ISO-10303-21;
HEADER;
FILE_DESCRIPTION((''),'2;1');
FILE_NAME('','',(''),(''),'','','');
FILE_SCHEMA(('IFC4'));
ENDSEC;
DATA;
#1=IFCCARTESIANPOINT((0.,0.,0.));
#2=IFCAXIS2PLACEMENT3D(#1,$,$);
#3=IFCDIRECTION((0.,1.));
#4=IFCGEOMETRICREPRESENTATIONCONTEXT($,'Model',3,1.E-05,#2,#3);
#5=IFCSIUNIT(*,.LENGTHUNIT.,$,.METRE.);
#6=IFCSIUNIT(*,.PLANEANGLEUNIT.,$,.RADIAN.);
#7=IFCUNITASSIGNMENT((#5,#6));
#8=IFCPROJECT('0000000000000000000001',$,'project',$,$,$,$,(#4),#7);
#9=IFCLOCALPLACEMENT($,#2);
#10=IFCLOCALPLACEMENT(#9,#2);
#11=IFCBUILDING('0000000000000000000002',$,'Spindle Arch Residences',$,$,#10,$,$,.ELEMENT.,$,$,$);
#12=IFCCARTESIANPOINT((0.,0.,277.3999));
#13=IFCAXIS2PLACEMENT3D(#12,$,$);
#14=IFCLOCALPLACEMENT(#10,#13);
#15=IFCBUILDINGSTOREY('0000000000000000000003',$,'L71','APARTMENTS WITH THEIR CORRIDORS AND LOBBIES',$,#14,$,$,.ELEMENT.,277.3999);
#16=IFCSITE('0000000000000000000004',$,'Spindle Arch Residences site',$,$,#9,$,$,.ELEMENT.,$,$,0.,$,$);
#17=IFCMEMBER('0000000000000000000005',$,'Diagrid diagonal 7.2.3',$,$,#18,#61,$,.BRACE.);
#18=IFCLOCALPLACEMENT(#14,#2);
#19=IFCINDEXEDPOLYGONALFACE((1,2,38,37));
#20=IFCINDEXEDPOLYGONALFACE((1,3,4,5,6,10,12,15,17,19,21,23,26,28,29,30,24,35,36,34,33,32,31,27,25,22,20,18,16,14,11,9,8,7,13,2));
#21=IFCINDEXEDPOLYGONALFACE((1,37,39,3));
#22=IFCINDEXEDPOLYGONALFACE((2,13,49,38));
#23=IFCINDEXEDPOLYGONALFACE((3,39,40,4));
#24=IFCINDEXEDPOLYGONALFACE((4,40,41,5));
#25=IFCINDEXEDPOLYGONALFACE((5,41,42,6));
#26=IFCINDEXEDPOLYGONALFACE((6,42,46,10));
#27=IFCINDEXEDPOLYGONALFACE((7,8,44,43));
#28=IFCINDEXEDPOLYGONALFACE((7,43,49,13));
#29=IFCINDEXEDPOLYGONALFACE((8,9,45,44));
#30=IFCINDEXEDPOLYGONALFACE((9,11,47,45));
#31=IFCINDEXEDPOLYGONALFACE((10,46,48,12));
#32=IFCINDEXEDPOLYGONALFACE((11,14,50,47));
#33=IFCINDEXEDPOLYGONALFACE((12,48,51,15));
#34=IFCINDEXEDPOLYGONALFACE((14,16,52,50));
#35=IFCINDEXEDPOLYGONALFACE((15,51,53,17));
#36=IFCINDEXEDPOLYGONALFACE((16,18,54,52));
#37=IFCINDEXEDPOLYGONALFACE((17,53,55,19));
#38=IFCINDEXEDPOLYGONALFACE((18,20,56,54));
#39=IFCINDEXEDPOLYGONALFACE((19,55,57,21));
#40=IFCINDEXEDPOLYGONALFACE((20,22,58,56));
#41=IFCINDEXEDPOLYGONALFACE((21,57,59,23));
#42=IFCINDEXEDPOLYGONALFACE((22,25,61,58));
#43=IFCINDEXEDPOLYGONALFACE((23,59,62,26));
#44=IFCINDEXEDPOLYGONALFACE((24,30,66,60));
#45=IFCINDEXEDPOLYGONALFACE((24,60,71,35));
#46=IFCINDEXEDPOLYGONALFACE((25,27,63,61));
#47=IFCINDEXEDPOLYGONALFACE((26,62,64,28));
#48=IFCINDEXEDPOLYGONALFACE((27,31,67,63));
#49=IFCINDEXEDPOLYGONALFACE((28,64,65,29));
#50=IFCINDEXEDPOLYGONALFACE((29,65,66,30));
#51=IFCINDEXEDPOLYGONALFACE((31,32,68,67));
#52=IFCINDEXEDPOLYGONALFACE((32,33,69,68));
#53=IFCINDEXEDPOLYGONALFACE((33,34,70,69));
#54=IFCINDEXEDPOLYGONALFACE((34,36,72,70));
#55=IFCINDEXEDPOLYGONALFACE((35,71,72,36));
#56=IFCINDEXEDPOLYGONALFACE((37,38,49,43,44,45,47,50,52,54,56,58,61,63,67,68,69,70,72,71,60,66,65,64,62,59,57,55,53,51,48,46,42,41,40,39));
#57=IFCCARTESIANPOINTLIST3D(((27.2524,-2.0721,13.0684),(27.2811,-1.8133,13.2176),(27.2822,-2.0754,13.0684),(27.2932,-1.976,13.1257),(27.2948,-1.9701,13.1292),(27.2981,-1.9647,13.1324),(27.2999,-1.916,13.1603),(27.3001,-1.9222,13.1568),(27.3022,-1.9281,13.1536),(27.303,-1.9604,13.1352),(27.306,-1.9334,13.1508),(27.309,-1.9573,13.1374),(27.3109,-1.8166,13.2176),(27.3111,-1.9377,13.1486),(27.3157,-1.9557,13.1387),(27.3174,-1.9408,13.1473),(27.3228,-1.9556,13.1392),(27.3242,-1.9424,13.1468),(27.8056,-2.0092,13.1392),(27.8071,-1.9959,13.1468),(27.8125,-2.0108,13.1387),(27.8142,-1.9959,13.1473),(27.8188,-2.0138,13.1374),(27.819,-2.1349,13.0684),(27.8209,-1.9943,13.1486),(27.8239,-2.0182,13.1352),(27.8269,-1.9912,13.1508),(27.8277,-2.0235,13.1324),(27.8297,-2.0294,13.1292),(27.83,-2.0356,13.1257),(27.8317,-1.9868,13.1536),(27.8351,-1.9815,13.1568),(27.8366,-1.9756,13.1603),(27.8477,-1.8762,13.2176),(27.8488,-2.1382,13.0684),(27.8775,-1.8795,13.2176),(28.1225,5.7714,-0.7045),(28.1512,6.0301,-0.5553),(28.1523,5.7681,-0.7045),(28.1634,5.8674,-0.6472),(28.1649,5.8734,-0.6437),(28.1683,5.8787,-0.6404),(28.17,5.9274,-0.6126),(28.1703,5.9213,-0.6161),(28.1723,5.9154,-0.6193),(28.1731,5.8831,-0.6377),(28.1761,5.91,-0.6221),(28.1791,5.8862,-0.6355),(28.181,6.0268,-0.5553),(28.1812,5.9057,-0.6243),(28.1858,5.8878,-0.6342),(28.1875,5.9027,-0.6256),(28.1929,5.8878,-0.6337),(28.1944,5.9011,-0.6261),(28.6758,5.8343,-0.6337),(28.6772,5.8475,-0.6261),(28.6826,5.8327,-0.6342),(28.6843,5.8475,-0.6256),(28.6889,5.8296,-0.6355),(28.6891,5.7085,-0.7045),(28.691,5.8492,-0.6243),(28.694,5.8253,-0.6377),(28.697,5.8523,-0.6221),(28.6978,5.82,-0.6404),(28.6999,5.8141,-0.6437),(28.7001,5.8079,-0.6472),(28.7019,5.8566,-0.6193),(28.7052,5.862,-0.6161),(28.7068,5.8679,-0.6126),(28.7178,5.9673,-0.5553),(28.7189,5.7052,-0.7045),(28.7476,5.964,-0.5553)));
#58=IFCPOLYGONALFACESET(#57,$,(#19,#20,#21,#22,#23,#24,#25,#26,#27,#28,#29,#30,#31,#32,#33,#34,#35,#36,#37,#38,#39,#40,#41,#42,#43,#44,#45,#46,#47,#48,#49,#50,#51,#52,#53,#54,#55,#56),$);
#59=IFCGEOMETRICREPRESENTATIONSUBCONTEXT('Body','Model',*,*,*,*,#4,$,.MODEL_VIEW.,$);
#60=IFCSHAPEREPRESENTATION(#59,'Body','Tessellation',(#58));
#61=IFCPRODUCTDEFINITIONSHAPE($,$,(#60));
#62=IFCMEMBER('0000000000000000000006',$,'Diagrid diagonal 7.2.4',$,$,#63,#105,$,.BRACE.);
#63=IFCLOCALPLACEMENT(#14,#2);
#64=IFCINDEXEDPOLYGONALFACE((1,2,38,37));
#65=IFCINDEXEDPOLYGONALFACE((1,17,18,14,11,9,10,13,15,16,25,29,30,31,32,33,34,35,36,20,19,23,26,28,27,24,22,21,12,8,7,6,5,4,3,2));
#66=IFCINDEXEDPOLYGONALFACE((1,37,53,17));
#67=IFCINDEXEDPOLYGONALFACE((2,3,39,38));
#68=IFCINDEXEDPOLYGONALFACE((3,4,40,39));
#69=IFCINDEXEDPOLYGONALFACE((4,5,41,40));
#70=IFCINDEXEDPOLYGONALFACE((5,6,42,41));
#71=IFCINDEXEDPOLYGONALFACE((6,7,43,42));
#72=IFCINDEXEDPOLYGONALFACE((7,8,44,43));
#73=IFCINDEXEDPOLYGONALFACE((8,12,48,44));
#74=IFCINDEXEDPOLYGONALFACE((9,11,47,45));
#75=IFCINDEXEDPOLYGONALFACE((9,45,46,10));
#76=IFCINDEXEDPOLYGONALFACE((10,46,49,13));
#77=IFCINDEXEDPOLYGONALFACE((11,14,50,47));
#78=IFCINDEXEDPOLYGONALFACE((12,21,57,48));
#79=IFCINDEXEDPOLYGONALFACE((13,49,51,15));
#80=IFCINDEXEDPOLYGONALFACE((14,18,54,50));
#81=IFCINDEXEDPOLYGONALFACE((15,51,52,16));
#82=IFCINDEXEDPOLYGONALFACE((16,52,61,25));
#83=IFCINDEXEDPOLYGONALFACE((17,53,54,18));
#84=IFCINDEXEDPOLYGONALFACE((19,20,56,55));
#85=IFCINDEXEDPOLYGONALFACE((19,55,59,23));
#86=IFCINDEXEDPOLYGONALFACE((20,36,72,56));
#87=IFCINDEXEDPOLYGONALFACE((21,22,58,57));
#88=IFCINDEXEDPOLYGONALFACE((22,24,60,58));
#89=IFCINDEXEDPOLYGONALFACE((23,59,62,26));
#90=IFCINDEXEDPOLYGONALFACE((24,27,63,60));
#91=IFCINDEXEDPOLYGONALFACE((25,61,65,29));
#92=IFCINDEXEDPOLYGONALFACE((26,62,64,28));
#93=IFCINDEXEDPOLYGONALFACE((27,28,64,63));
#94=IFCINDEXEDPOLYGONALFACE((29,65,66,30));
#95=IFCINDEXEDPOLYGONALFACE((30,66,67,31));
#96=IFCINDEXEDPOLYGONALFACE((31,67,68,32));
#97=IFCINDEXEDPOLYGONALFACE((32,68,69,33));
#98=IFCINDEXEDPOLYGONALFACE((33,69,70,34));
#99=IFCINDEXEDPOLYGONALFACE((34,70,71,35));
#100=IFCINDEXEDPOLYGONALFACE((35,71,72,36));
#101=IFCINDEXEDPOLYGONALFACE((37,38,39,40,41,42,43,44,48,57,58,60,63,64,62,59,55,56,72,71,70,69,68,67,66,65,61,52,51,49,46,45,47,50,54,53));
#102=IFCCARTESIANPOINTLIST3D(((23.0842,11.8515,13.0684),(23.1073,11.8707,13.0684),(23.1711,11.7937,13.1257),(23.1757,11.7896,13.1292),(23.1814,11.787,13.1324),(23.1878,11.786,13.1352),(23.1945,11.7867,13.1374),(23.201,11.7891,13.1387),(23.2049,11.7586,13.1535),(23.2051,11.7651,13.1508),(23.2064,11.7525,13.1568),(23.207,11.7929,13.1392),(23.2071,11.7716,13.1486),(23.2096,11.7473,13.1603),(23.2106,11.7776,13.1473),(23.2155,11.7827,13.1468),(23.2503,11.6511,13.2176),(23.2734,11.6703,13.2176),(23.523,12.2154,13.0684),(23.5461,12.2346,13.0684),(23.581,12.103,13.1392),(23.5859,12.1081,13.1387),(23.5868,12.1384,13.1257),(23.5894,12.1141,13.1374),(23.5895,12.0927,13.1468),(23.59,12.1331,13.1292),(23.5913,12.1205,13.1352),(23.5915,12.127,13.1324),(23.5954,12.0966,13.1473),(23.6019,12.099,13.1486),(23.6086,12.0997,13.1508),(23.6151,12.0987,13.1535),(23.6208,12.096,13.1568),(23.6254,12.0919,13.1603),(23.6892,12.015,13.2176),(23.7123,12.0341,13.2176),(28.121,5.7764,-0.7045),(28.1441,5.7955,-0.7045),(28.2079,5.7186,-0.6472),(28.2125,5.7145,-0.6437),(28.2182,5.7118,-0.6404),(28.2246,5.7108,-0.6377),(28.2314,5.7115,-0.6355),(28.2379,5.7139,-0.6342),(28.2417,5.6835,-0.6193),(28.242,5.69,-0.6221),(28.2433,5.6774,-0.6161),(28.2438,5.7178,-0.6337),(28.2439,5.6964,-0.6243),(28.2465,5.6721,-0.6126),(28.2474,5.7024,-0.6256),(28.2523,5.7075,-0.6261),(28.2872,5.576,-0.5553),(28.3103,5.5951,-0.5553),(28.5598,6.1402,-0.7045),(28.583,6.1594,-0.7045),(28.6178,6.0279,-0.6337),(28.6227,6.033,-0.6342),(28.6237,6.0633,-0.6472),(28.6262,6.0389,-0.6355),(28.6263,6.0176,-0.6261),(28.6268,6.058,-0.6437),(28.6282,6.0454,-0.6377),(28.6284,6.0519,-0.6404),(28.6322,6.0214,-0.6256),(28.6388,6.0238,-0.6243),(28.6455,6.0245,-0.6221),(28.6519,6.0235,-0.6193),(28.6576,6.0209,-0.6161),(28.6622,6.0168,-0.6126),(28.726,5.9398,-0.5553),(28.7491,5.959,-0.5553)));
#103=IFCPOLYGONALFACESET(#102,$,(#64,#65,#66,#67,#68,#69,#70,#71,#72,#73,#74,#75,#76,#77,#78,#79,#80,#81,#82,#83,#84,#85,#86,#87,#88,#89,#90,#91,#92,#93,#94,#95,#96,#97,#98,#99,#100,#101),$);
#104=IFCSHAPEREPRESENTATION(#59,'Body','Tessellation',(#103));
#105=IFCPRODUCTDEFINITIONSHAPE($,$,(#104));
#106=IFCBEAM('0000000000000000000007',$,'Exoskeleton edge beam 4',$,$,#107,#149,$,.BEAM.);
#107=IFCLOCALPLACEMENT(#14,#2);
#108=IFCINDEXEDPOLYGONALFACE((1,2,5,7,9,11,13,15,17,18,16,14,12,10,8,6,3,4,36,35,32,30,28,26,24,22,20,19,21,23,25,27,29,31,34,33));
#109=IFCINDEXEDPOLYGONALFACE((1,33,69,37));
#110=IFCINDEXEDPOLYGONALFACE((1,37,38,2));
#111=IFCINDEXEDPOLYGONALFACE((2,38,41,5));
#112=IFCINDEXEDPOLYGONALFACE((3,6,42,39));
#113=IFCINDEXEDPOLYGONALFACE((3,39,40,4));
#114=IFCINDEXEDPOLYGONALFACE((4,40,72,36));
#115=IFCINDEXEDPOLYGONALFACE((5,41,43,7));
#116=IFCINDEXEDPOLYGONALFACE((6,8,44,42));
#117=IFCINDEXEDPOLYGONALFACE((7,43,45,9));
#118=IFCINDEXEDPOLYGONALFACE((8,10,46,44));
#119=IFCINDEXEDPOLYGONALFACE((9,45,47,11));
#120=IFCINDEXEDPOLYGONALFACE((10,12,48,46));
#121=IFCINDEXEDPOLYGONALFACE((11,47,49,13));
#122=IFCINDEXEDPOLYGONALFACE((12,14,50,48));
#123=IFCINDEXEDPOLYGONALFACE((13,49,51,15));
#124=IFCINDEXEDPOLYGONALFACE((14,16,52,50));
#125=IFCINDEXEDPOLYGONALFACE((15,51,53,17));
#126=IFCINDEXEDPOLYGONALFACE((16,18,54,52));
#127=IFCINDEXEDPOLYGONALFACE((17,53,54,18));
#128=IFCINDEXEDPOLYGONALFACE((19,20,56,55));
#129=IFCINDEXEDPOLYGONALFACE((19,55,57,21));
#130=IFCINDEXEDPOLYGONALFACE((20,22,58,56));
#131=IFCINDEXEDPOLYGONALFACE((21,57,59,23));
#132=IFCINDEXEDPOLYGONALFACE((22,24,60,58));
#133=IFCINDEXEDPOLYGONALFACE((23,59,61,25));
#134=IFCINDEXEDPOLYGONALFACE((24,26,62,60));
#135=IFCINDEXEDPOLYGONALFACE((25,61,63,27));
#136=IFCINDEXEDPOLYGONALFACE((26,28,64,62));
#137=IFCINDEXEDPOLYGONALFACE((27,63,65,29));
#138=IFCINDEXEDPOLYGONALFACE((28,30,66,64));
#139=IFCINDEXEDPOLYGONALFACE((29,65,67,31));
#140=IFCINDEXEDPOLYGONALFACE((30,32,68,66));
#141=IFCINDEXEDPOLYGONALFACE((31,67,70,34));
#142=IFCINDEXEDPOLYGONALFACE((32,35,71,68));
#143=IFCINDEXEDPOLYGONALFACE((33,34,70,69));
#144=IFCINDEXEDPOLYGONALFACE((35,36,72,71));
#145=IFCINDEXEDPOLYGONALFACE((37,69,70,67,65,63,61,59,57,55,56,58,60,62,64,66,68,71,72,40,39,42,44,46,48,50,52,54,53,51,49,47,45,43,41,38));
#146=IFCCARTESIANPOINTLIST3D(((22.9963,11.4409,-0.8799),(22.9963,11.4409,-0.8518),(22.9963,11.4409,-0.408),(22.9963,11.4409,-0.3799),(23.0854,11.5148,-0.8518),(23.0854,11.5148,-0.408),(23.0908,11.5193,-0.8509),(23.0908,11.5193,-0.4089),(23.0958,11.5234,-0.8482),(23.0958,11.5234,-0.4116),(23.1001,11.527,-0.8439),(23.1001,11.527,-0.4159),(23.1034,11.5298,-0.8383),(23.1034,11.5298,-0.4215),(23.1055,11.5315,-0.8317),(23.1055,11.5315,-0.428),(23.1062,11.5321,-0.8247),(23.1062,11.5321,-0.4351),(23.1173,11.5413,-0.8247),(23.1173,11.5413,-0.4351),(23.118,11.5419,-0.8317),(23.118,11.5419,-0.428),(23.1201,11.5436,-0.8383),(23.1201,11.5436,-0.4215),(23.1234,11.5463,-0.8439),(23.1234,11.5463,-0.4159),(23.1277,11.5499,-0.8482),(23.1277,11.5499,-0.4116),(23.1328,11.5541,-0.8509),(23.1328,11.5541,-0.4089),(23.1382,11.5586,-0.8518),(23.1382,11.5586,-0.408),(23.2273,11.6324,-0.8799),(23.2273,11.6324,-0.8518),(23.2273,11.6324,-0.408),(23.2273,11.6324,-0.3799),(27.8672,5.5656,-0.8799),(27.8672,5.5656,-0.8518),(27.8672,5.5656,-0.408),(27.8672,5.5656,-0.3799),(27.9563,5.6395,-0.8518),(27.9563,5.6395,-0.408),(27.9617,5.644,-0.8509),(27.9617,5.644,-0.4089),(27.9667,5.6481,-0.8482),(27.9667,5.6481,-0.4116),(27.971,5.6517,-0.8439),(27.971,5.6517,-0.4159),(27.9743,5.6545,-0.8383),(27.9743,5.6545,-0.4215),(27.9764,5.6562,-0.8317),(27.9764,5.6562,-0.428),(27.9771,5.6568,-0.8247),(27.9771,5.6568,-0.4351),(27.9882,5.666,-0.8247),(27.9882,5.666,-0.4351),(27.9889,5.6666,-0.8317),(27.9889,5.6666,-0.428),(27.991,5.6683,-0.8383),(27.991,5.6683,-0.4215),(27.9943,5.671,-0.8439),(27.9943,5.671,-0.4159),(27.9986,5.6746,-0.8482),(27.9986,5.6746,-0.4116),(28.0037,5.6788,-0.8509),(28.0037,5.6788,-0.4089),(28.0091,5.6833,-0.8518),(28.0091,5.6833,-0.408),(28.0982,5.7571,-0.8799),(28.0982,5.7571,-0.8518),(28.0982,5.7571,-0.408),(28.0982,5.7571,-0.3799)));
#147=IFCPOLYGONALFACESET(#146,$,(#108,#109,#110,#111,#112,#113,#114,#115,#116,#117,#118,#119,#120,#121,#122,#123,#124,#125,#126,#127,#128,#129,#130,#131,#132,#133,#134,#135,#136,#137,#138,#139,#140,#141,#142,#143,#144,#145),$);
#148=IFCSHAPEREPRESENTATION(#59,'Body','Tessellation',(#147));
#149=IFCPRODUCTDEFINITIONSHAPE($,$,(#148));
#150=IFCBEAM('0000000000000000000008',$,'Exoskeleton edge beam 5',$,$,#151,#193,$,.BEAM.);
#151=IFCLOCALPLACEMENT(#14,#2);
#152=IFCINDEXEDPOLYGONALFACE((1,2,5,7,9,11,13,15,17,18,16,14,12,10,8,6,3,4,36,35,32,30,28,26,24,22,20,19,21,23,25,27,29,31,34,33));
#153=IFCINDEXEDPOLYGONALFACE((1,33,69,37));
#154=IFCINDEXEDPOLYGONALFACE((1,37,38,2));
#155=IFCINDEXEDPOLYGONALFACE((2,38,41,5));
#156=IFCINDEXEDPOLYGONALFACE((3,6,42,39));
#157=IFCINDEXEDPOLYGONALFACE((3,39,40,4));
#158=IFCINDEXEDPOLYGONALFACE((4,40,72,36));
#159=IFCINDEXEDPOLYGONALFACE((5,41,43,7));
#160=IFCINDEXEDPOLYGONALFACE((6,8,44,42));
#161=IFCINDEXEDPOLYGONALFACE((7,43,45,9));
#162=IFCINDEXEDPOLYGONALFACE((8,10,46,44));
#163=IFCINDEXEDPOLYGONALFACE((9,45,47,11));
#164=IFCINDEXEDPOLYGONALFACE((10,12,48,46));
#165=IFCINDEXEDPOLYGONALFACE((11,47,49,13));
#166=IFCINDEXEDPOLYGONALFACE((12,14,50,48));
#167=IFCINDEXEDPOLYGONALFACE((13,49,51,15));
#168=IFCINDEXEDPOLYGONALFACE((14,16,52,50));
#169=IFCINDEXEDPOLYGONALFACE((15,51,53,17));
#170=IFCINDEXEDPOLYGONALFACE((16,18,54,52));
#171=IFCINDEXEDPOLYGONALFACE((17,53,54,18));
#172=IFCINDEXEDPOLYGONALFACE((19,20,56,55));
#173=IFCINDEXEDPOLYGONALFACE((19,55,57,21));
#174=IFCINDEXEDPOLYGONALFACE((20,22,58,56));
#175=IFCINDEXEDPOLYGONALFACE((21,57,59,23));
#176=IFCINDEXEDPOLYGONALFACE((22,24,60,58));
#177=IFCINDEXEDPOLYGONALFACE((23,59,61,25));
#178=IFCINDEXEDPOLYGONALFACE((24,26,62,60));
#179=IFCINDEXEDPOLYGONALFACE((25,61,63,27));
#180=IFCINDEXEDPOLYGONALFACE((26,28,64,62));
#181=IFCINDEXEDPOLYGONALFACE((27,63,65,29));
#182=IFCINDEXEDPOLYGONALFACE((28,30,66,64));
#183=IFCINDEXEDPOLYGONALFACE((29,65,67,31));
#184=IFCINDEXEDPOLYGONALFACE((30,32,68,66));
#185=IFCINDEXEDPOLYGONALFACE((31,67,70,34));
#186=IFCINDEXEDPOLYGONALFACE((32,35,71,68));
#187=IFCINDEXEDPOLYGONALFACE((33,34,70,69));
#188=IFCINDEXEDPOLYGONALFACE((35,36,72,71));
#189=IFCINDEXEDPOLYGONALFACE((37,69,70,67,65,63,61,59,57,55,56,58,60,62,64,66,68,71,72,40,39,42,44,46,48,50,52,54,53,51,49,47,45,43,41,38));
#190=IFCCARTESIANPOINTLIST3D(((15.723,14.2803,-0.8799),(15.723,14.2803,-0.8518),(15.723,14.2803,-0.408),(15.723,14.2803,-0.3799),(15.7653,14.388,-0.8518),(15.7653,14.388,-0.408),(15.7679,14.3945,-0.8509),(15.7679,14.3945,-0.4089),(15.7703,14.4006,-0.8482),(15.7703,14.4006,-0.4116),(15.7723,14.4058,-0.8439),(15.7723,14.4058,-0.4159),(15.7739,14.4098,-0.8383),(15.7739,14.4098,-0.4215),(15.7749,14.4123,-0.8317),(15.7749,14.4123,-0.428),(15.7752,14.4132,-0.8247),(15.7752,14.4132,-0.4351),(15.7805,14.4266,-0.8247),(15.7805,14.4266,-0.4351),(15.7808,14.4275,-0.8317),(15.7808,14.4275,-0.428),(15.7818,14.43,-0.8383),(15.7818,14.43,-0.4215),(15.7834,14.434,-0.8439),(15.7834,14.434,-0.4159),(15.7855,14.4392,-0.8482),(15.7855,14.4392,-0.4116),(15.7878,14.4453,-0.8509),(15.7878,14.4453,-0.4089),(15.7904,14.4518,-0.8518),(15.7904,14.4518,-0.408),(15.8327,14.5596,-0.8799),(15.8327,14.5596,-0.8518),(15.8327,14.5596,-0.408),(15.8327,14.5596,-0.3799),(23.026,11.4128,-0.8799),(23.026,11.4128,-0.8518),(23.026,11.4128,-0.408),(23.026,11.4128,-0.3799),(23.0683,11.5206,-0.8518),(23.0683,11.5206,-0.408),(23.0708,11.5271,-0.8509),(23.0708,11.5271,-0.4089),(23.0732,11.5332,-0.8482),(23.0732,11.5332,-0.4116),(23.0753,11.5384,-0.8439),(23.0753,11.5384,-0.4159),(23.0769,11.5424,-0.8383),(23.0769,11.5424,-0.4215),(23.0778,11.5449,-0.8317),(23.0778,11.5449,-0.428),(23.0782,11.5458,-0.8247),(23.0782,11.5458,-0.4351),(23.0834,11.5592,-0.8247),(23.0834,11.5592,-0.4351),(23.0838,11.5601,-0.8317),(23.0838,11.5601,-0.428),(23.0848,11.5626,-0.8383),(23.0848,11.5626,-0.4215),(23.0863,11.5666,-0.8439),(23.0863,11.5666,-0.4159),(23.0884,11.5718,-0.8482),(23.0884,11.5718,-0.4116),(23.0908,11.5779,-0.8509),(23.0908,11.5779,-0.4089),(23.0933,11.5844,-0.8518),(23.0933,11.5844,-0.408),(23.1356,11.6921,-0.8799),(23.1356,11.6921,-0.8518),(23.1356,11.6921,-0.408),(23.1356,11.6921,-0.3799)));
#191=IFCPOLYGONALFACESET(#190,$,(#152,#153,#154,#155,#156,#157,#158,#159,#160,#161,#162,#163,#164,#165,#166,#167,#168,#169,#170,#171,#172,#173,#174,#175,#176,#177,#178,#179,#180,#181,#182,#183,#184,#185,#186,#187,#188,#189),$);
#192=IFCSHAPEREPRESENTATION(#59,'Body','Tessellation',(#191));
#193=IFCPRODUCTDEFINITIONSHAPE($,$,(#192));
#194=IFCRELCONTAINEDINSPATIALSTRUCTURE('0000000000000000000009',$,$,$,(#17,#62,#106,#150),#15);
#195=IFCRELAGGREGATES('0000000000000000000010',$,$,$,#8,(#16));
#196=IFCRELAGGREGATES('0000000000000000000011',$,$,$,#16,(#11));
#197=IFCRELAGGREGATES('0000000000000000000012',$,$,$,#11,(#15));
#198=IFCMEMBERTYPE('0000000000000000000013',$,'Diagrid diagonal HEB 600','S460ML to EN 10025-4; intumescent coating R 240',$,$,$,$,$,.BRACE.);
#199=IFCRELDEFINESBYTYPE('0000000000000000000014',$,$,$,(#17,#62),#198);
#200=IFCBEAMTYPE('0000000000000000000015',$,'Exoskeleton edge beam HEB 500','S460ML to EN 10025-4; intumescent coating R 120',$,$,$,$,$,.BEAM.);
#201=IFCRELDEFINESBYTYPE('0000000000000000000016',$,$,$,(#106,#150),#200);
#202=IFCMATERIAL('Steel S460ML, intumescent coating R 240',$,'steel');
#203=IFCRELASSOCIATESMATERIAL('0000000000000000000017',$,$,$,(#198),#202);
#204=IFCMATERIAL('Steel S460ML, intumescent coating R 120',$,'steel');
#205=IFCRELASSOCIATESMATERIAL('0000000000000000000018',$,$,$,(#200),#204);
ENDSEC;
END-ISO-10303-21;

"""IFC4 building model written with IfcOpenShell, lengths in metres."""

from ifc_helpers import new_model, si_unit, direction, frame, origin, origin_2d, place, context, subcontext, project, spatial, i_section, extrude, material, material_profile, profile_set, type_object, element, save


model = new_model("IFC4")

# Units and contexts
model_context = context("Model", 3, precision=1e-05, world=origin(), true_north=direction((0.0, 1.0)))
body_context = subcontext(model_context, "Body", "Model", "MODEL_VIEW")
ifc_project = project(units=[si_unit("LENGTHUNIT", "METRE"), si_unit("PLANEANGLEUNIT", "RADIAN")], contexts=[model_context])

# Site, building, storey
site_placement = place(None, origin())
site = spatial("IfcSite", under=ifc_project, at=site_placement, Name="Spindle Arch Residences site", CompositionType="ELEMENT", RefElevation=0.0)
building_placement = place(site_placement, origin())
building = spatial("IfcBuilding", under=site, at=building_placement, Name="Spindle Arch Residences", CompositionType="ELEMENT")
storey_placement = place(building_placement, frame((0.0, 0.0, 277.3999)))
storey = spatial("IfcBuildingStorey", under=building, at=storey_placement, Name="L71", Description="APARTMENTS WITH THEIR CORRIDORS AND LOBBIES", CompositionType="ELEMENT", Elevation=277.3999)

# Members
ifc_material_1 = material(Name="Steel S460ML, intumescent coating R 240", Category="steel")
ifc_material_profile_1 = material_profile(ifc_material_1, i_section(OverallWidth=0.3, OverallDepth=0.6001, WebThickness=0.0154, FlangeThickness=0.03, FilletRadius=0.0271, at=origin_2d()), Name="HEB 600")
ifc_profile_set_1 = profile_set([ifc_material_profile_1], Name="Steel S460ML, intumescent coating R 240")
member_type_1 = type_object("IfcMemberType", Name="Diagrid diagonal HEB 600", Description="S460ML to EN 10025-4; intumescent coating R 240", PredefinedType="BRACE", material=ifc_profile_set_1)
for number, where, z_axis, x_axis, name in (
    (1, (28.4351, 5.8677, -0.6299), (-0.054815, -0.494122, 0.867663), (0.095667, 0.862373, 0.497153), "Diagrid diagonal 7.2.3"),
    (2, (28.4351, 5.8677, -0.6299), (-0.31731, 0.382722, 0.867662), (0.553788, -0.667949, 0.497154), "Diagrid diagonal 7.2.4"),
):
    element("IfcMember", number, at=place(storey_placement, frame(where, z_axis=z_axis, x_axis=x_axis)), inside=storey, type_object=member_type_1, Name=name, PredefinedType="BRACE", context=body_context, shape_type="SweptSolid", body=[
        extrude(i_section(OverallWidth=0.3, OverallDepth=0.6001, WebThickness=0.0154, FlangeThickness=0.03, FilletRadius=0.0271, at=origin_2d()), origin(), (0.0, 0.0, 1.0), 15.8735),
    ])

# Beams
ifc_material_2 = material(Name="Steel S460ML, intumescent coating R 120", Category="steel")
ifc_material_profile_2 = material_profile(ifc_material_2, i_section(OverallWidth=0.3, OverallDepth=0.5, WebThickness=0.0144, FlangeThickness=0.0281, FilletRadius=0.0271, at=origin_2d()), Name="HEB 500")
ifc_profile_set_2 = profile_set([ifc_material_profile_2], Name="Steel S460ML, intumescent coating R 120")
beam_type_1 = type_object("IfcBeamType", Name="Exoskeleton edge beam HEB 500", Description="S460ML to EN 10025-4; intumescent coating R 120", PredefinedType="BEAM", material=ifc_profile_set_2)
beam_1_placement = place(storey_placement, frame((27.9827, 5.6614, -0.6299), z_axis=(-0.638235, 0.769842, 0.0), x_axis=(-0.769842, -0.638235, 0.0)))
element("IfcBeam", 3, at=beam_1_placement, inside=storey, type_object=beam_type_1, Name="Exoskeleton edge beam 4", PredefinedType="BEAM", context=body_context, shape_type="SweptSolid", body=[
    extrude(i_section(OverallWidth=0.3, OverallDepth=0.5, WebThickness=0.0144, FlangeThickness=0.0281, FilletRadius=0.0271, at=origin_2d()), origin(), (0.0, 0.0, 1.0), 7.6318),
])
beam_2_placement = place(storey_placement, frame((23.0808, 11.5525, -0.6299), z_axis=(-0.930821, 0.365476, 0.0), x_axis=(-0.365476, -0.930821, 0.0)))
element("IfcBeam", 4, at=beam_2_placement, inside=storey, type_object=beam_type_1, Name="Exoskeleton edge beam 5", PredefinedType="BEAM", context=body_context, shape_type="SweptSolid", body=[
    extrude(i_section(OverallWidth=0.3, OverallDepth=0.5, WebThickness=0.0144, FlangeThickness=0.0281, FilletRadius=0.0271, at=origin_2d()), origin(), (0.0, 0.0, 1.0), 7.8457),
])

save(model, "model.ifc")
